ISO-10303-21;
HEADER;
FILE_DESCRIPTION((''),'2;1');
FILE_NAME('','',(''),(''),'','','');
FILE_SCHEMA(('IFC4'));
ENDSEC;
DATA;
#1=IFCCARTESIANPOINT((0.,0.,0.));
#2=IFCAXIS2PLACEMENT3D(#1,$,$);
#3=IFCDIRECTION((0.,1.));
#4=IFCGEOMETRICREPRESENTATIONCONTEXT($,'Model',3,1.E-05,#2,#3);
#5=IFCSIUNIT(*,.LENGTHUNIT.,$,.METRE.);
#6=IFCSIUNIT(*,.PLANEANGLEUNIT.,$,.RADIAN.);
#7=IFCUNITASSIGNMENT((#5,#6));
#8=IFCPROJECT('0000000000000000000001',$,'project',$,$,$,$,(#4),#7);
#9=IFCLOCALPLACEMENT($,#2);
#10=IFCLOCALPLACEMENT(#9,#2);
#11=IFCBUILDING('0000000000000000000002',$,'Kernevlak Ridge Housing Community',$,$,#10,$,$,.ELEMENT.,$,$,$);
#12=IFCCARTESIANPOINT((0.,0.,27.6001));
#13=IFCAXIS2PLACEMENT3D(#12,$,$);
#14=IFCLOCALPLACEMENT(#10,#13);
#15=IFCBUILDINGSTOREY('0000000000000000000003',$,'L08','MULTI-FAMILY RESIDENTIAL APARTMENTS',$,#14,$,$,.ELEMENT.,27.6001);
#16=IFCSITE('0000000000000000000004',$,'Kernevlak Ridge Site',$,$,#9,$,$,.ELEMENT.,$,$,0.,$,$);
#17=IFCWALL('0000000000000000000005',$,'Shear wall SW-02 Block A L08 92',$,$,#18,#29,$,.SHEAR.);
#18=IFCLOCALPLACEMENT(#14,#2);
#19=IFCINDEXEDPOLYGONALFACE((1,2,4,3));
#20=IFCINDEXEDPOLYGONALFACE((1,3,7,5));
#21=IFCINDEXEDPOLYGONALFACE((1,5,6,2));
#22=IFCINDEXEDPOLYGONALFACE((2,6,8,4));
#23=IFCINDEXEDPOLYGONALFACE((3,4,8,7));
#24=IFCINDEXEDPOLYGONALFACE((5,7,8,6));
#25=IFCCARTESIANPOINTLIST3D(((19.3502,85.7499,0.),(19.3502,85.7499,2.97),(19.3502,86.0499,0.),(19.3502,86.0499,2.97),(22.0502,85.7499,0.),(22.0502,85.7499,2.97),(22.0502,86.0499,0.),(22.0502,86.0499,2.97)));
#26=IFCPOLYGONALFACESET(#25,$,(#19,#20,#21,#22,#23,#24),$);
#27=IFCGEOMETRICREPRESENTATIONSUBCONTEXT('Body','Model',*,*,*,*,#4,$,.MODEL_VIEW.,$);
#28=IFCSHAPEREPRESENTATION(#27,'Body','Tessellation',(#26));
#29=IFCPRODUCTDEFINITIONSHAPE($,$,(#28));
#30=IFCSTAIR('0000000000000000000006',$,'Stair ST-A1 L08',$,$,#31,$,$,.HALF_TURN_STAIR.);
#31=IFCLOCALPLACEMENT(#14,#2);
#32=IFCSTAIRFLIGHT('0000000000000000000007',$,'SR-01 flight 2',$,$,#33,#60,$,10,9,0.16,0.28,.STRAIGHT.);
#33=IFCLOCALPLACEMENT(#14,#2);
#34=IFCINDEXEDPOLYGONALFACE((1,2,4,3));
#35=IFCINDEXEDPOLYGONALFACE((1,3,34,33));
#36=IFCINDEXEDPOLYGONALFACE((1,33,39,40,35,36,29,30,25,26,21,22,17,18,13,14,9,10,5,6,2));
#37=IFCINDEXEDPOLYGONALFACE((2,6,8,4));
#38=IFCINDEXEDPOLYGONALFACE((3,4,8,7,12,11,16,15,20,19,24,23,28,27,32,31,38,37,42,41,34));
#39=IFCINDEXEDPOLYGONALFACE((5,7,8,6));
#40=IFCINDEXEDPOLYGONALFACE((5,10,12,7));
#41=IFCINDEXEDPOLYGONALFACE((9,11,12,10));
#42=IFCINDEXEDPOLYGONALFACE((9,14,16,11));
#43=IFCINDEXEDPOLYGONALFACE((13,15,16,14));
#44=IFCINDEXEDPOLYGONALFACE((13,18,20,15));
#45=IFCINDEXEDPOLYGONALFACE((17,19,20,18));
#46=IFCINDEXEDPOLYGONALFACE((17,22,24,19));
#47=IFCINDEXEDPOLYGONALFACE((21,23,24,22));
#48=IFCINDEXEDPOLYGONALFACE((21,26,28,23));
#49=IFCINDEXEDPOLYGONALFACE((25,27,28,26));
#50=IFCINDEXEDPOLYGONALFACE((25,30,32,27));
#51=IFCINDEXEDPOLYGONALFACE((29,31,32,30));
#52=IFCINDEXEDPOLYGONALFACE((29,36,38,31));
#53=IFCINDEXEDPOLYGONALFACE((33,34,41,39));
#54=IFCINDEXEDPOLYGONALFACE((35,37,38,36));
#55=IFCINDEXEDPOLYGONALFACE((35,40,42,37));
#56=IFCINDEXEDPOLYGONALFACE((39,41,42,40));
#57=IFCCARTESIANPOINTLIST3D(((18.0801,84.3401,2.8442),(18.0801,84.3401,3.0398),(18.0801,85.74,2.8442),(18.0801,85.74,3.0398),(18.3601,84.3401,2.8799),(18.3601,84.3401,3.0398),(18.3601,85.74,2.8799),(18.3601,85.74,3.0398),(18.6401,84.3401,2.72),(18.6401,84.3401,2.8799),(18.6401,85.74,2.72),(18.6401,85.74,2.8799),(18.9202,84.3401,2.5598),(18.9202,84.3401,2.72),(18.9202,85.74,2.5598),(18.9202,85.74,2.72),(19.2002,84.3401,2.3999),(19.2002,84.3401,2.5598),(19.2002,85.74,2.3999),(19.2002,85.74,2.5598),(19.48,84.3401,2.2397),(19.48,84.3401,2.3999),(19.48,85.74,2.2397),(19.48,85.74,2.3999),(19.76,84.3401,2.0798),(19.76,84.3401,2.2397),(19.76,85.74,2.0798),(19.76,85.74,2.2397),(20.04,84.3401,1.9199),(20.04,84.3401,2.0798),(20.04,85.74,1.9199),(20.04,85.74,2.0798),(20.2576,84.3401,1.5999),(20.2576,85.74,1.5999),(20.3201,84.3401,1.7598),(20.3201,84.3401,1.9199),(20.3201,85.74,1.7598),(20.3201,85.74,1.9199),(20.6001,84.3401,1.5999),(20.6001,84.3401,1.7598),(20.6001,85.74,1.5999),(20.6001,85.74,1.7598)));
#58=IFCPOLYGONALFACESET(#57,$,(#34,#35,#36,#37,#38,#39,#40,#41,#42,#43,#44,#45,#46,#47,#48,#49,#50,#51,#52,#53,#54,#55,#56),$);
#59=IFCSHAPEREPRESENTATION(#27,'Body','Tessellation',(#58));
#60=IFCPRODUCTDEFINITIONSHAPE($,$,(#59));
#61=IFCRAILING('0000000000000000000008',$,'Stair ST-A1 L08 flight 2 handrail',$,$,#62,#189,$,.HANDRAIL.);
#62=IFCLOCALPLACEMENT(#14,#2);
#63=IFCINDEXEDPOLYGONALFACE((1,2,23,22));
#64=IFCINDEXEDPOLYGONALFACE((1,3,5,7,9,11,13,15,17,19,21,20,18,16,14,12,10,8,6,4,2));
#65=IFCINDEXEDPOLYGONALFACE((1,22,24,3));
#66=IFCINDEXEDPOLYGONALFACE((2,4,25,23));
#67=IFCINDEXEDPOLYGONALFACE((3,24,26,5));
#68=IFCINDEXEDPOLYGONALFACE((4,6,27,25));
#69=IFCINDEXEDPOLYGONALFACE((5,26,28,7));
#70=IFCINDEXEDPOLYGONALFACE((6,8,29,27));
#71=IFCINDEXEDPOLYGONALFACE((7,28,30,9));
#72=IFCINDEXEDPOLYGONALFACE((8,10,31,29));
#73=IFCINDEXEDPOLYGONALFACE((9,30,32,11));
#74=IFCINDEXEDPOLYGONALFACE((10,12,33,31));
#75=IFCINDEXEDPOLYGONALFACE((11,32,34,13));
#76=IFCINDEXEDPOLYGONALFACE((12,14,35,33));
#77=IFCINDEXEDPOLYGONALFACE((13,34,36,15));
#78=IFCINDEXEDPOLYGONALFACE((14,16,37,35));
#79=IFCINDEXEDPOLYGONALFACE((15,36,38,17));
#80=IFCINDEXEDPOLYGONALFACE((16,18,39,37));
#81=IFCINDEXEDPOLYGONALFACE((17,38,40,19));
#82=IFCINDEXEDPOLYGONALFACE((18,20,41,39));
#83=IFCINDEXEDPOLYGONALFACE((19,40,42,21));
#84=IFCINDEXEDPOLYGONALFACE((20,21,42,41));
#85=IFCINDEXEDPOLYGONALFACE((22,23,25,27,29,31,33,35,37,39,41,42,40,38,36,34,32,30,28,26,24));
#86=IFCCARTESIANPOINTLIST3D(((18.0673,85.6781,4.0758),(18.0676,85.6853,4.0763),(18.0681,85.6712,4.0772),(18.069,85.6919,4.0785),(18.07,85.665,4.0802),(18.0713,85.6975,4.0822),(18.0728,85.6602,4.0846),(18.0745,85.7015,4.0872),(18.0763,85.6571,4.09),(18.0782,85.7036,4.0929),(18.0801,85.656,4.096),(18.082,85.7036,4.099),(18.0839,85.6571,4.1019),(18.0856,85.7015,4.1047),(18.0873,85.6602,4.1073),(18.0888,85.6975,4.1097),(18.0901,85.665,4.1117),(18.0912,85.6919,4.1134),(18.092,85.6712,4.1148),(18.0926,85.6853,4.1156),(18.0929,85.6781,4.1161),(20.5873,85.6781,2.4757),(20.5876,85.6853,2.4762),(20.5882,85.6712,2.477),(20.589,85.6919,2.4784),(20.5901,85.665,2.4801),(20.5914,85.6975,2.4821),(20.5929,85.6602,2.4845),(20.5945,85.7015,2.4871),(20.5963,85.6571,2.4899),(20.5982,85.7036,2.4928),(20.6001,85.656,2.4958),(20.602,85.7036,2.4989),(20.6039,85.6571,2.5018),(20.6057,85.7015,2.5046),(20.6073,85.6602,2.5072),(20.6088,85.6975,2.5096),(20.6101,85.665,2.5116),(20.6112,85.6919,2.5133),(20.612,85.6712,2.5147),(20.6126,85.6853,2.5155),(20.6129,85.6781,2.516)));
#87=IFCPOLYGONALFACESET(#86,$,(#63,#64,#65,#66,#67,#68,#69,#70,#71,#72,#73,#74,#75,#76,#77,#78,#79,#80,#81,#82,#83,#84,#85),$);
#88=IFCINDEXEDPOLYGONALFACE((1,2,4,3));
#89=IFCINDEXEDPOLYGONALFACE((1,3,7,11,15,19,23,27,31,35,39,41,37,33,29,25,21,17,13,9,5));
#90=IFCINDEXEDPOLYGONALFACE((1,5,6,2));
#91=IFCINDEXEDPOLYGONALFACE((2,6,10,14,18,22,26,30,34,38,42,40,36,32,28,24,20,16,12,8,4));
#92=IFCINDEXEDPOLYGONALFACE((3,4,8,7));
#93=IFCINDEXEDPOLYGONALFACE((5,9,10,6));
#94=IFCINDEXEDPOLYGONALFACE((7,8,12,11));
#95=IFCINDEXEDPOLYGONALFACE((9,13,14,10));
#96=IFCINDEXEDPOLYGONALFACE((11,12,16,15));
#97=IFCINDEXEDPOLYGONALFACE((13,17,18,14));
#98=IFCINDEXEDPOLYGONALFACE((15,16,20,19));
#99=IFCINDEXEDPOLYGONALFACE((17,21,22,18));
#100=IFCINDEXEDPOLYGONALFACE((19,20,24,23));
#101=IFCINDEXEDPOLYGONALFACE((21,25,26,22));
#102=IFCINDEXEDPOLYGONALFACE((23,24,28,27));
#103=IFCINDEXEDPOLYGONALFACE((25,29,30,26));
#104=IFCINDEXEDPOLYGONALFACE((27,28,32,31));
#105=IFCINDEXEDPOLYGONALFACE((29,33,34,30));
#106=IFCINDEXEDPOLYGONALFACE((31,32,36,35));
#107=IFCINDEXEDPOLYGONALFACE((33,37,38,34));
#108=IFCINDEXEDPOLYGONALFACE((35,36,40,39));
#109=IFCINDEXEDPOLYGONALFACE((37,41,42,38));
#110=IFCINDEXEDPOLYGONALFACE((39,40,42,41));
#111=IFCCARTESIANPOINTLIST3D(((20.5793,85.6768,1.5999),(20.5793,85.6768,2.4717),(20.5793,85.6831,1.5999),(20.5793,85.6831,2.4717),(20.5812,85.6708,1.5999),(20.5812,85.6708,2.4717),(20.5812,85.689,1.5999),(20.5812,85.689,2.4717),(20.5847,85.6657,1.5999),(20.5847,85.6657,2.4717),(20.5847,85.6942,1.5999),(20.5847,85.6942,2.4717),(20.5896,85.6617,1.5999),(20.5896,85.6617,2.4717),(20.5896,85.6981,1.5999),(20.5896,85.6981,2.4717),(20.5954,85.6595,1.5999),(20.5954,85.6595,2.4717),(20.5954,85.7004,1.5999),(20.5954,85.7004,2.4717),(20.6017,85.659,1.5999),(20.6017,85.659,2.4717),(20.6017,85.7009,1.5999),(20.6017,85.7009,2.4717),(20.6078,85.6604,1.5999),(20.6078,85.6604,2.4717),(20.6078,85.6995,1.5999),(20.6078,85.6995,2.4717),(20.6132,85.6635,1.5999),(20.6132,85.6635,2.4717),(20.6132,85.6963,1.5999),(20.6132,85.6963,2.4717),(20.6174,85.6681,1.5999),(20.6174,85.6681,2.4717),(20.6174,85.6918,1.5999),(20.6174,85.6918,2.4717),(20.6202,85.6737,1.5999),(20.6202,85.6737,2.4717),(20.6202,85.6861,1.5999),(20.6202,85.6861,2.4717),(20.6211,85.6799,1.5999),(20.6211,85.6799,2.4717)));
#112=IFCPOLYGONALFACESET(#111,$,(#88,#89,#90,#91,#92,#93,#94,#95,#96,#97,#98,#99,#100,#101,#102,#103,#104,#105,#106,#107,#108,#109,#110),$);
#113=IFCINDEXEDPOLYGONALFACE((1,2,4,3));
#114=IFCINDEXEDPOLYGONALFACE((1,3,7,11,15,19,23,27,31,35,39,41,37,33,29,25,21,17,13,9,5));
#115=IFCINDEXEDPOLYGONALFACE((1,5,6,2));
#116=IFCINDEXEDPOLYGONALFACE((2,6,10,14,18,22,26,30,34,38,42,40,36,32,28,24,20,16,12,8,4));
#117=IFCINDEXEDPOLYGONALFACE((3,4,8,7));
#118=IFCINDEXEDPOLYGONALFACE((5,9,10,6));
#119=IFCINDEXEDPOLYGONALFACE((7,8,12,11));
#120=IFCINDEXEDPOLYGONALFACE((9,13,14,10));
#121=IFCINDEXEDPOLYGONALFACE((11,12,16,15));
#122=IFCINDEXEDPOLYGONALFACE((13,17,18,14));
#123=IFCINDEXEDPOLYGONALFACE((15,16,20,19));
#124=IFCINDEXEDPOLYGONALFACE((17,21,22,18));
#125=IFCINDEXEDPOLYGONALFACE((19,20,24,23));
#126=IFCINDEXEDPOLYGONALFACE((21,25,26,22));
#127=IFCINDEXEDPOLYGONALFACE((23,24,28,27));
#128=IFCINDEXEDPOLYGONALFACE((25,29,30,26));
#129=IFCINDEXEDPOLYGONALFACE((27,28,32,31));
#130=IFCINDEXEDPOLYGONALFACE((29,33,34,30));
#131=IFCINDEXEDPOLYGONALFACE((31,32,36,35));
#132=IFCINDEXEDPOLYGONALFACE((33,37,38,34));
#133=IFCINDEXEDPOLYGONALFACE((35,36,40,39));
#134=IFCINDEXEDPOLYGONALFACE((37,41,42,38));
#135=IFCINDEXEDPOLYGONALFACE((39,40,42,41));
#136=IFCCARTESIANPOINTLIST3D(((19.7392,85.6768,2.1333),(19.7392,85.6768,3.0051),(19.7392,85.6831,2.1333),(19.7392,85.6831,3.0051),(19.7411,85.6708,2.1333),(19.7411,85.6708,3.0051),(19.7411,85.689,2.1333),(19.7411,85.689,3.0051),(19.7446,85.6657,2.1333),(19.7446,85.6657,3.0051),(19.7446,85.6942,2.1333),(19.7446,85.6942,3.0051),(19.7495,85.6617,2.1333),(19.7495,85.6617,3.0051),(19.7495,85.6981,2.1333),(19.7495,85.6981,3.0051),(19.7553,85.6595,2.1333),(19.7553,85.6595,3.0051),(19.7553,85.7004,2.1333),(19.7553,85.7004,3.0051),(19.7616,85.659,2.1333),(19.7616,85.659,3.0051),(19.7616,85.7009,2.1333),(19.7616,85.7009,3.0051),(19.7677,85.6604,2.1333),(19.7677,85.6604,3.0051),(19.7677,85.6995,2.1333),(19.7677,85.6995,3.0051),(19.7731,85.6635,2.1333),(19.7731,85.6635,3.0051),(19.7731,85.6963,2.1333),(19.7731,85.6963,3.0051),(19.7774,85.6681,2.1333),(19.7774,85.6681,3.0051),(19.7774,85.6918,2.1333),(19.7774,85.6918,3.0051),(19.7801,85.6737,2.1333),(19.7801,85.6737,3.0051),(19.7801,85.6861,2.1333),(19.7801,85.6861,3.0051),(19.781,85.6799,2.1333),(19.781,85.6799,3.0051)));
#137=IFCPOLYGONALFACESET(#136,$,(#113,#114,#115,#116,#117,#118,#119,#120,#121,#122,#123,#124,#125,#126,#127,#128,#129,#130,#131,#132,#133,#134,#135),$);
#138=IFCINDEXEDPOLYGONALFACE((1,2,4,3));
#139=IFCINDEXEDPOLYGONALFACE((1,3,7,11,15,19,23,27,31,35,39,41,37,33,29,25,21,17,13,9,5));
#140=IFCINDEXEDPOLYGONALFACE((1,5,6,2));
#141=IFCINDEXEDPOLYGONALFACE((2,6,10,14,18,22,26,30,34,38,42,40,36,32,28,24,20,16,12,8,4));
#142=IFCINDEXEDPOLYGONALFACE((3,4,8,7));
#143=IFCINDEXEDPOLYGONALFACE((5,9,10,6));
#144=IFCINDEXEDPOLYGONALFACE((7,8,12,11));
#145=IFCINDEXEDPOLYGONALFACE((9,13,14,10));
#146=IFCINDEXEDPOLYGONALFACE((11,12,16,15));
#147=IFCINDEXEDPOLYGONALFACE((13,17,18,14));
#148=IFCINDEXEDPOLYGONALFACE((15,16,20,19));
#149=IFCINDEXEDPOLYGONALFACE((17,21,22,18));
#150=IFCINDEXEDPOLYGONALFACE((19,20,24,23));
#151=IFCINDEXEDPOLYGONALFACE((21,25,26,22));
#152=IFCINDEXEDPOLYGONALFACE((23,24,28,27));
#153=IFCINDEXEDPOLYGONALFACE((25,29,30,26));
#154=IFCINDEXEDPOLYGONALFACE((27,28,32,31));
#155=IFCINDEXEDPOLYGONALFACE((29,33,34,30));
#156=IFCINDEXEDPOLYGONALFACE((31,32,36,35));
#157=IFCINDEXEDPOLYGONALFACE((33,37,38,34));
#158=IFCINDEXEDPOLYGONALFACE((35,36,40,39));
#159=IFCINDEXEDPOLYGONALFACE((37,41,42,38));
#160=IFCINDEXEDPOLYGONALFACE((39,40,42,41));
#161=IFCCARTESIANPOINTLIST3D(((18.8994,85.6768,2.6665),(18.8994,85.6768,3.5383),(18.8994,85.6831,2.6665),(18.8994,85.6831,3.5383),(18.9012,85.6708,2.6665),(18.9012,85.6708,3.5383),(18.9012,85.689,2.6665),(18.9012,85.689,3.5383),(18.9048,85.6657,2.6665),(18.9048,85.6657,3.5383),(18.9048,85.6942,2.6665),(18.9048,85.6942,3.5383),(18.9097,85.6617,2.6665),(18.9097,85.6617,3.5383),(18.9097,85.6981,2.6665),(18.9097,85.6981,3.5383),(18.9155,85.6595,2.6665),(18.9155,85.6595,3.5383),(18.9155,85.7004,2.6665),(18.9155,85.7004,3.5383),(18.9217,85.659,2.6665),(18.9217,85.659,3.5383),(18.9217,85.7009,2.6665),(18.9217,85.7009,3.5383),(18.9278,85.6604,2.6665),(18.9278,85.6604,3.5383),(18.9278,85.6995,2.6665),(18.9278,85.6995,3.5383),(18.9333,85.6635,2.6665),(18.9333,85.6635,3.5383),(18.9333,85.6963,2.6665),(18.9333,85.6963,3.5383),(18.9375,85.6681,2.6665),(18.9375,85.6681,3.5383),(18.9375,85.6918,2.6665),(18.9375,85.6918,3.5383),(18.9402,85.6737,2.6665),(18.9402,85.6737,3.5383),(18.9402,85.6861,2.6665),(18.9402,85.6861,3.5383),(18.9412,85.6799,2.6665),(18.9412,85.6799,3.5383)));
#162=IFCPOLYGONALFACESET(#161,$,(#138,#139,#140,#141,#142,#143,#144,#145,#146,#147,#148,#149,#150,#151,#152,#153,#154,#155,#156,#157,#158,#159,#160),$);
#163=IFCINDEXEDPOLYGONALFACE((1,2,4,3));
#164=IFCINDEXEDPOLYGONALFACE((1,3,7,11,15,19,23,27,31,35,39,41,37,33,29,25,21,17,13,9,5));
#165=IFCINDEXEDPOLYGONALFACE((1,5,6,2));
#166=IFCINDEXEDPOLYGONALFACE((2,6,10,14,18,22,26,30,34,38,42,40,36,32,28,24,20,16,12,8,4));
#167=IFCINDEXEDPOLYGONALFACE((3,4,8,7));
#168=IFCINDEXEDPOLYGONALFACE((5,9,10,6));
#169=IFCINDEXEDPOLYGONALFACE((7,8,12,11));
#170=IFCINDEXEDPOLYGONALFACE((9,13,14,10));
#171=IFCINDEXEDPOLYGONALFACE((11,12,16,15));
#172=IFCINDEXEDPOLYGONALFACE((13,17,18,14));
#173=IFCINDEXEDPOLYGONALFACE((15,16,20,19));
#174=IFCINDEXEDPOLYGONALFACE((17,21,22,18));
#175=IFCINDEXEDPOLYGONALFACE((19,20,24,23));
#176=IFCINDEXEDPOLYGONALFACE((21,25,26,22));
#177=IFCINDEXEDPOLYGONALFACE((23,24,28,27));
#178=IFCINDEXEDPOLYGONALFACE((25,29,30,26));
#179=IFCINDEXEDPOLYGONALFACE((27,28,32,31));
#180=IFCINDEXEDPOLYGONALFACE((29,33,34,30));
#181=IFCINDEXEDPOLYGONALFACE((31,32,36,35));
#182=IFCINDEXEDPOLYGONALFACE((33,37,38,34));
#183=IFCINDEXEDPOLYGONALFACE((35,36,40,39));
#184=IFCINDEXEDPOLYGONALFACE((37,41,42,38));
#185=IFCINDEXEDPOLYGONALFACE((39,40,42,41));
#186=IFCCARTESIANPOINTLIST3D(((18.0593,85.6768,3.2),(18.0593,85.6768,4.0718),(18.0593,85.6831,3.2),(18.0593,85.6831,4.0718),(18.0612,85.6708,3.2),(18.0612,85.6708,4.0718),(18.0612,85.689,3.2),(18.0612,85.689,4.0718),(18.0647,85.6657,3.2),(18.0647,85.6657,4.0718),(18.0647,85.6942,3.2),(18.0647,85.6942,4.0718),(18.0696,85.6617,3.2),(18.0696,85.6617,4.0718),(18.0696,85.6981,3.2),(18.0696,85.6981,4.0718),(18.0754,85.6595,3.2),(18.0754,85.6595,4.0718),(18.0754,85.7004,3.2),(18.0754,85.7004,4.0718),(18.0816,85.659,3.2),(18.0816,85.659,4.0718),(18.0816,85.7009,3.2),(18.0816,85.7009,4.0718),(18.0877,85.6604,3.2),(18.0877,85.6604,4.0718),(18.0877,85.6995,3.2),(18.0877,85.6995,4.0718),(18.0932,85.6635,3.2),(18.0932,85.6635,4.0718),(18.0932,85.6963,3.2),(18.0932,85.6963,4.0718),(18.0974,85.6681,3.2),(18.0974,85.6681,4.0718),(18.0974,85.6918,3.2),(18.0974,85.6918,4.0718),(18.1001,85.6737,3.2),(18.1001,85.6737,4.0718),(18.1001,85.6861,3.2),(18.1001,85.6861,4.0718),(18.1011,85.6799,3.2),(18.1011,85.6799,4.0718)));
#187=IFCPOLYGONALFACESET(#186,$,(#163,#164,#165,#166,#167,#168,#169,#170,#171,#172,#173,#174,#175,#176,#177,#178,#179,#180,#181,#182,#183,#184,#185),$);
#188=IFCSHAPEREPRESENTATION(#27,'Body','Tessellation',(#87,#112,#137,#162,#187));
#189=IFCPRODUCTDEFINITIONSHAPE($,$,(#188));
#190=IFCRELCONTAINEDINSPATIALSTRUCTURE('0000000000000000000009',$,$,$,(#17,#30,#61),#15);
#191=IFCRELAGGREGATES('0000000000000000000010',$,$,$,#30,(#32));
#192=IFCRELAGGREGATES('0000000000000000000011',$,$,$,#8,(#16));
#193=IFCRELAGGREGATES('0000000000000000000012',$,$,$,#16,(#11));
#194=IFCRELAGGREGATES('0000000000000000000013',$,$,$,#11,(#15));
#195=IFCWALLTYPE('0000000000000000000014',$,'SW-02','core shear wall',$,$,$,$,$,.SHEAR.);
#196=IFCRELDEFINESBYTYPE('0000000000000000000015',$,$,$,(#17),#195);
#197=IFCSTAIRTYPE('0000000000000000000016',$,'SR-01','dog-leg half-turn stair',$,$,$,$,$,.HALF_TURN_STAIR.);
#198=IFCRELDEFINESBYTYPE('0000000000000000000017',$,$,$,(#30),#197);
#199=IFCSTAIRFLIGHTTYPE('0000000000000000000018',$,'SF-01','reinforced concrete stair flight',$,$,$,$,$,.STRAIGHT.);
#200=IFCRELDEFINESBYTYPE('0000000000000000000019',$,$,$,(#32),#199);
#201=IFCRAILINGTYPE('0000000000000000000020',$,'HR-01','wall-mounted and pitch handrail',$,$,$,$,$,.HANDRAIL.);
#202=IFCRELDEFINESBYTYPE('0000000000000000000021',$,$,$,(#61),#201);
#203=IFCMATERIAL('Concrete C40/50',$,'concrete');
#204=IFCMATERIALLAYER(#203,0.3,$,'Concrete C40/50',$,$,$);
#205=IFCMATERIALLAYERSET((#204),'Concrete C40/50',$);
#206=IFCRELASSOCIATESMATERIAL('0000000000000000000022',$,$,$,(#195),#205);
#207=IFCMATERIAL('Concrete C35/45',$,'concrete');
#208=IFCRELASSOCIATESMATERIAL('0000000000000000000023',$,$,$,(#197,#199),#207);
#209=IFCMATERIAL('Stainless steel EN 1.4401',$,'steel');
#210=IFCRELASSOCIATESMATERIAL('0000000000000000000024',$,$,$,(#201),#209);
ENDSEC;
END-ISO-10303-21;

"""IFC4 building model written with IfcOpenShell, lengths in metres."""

from ifc_helpers import new_model, si_unit, direction, frame, frame_2d, origin, origin_2d, place, context, subcontext, project, spatial, polyline, rectangle, circle, outline, extrude, material, layer, layer_set, type_object, element, aggregate, save


model = new_model("IFC4")

# Units and contexts
model_context = context("Model", 3, precision=1e-05, world=origin(), true_north=direction((0.0, 1.0)))
body_context = subcontext(model_context, "Body", "Model", "MODEL_VIEW")
ifc_project = project(units=[si_unit("LENGTHUNIT", "METRE"), si_unit("PLANEANGLEUNIT", "RADIAN")], contexts=[model_context])

# Site, building, storey
site_placement = place(None, origin())
site = spatial("IfcSite", under=ifc_project, at=site_placement, Name="Kernevlak Ridge Site", CompositionType="ELEMENT", RefElevation=0.0)
building_placement = place(site_placement, origin())
building = spatial("IfcBuilding", under=site, at=building_placement, Name="Kernevlak Ridge Housing Community", CompositionType="ELEMENT")
storey_placement = place(building_placement, frame((0.0, 0.0, 27.6001)))
storey = spatial("IfcBuildingStorey", under=building, at=storey_placement, Name="L08", Description="MULTI-FAMILY RESIDENTIAL APARTMENTS", CompositionType="ELEMENT", Elevation=27.6001)

# Shared definitions
ifc_material_1 = material(Name="Concrete C40/50", Category="concrete")

# Shared definitions
ifc_material_2 = material(Name="Concrete C35/45", Category="concrete")

# Shared definitions
ifc_material_3 = material(Name="Stainless steel EN 1.4401", Category="steel")

# Wall
ifc_layer_1 = layer(ifc_material_1, 0.3, Name="Concrete C40/50")
ifc_layer_set_1 = layer_set([ifc_layer_1], Name="Concrete C40/50")
wall_type_1 = type_object("IfcWallType", Name="SW-02", Description="core shear wall", PredefinedType="SHEAR", material=ifc_layer_set_1)
wall_1_placement = place(storey_placement, frame((19.3501, 85.8999, 0.0), z_axis=(0.0, 0.0, 1.0), x_axis=(1.0, 0.0, 0.0)))
element("IfcWall", 1, at=wall_1_placement, inside=storey, type_object=wall_type_1, Name="Shear wall SW-02 Block A L08 92", PredefinedType="SHEAR", context=body_context, shape_type="SweptSolid", body=[
    extrude(rectangle(XDim=2.7, YDim=0.3, at=frame_2d((1.3501, 0.0))), origin(), (0.0, 0.0, 1.0), 2.97),
])

# Stair, stair flight
stair_type = type_object("IfcStairType", Name="SR-01", Description="dog-leg half-turn stair", PredefinedType="HALF_TURN_STAIR", material=ifc_material_2)
stair_placement = place(storey_placement, origin())
stair = element("IfcStair", 2, at=stair_placement, inside=storey, type_object=stair_type, Name="Stair ST-A1 L08", PredefinedType="HALF_TURN_STAIR")
stair_flight_type = type_object("IfcStairFlightType", Name="SF-01", Description="reinforced concrete stair flight", PredefinedType="STRAIGHT", material=ifc_material_2)
stair_flight_placement = place(storey_placement, frame((20.6001, 85.04, 1.5999), z_axis=(0.0, 0.0, 1.0), x_axis=(-1.0, 0.0, 0.0)))
stair_flight = element("IfcStairFlight", 3, at=stair_flight_placement, type_object=stair_flight_type, Name="SR-01 flight 2", NumberOfRisers=10, NumberOfTreads=9, PredefinedType="STRAIGHT", RiserHeight=0.16, TreadLength=0.28, context=body_context, shape_type="SweptSolid", body=[
    extrude(outline(polyline([(0.0, 0.0), (0.0, 0.1599), (0.28, 0.1599), (0.28, 0.3201), (0.5601, 0.3201), (0.5601, 0.48), (0.8401, 0.48), (0.8401, 0.6399), (1.1201, 0.6399), (1.1201, 0.8), (1.3999, 0.8), (1.3999, 0.96), (1.6799, 0.96), (1.6799, 1.1201), (1.96, 1.1201), (1.96, 1.28), (2.24, 1.28), (2.24, 1.4399), (2.52, 1.4399), (2.52, 1.6001), (2.52, 1.2444), (0.3425, 0.0), (0.0, 0.0)])), frame((0.0, 0.7, 0.0), z_axis=(0.0, -1.0, 0.0), x_axis=(1.0, 0.0, 0.0)), (0.0, 0.0, 1.0), 1.3999),
])
aggregate(stair, [stair_flight])

# Railing
railing_type = type_object("IfcRailingType", Name="HR-01", Description="wall-mounted and pitch handrail", PredefinedType="HANDRAIL", material=ifc_material_3)
railing_placement = place(storey_placement, frame((20.6001, 85.6799, 1.5999)))
element("IfcRailing", 4, at=railing_placement, inside=storey, type_object=railing_type, Name="Stair ST-A1 L08 flight 2 handrail", PredefinedType="HANDRAIL", context=body_context, shape_type="SweptSolid", body=[
    extrude(circle(Radius=0.0239, at=origin_2d()), frame((0.0, 0.0, 0.896), z_axis=(-0.8442, 0.0, 0.536028), x_axis=(0.0, -1.0, 0.0)), (0.0, 0.0, 1.0), 2.9851),
    extrude(circle(Radius=0.021, at=origin_2d()), origin(), (0.0, 0.0, 1.0), 0.8718),
    extrude(circle(Radius=0.021, at=origin_2d()), frame((-0.8401, 0.0, 0.5334)), (0.0, 0.0, 1.0), 0.8718),
    extrude(circle(Radius=0.021, at=origin_2d()), frame((-1.6799, 0.0, 1.0667)), (0.0, 0.0, 1.0), 0.8718),
    extrude(circle(Radius=0.021, at=origin_2d()), frame((-2.52, 0.0, 1.6001)), (0.0, 0.0, 1.0), 0.8718),
])

save(model, "model.ifc")
